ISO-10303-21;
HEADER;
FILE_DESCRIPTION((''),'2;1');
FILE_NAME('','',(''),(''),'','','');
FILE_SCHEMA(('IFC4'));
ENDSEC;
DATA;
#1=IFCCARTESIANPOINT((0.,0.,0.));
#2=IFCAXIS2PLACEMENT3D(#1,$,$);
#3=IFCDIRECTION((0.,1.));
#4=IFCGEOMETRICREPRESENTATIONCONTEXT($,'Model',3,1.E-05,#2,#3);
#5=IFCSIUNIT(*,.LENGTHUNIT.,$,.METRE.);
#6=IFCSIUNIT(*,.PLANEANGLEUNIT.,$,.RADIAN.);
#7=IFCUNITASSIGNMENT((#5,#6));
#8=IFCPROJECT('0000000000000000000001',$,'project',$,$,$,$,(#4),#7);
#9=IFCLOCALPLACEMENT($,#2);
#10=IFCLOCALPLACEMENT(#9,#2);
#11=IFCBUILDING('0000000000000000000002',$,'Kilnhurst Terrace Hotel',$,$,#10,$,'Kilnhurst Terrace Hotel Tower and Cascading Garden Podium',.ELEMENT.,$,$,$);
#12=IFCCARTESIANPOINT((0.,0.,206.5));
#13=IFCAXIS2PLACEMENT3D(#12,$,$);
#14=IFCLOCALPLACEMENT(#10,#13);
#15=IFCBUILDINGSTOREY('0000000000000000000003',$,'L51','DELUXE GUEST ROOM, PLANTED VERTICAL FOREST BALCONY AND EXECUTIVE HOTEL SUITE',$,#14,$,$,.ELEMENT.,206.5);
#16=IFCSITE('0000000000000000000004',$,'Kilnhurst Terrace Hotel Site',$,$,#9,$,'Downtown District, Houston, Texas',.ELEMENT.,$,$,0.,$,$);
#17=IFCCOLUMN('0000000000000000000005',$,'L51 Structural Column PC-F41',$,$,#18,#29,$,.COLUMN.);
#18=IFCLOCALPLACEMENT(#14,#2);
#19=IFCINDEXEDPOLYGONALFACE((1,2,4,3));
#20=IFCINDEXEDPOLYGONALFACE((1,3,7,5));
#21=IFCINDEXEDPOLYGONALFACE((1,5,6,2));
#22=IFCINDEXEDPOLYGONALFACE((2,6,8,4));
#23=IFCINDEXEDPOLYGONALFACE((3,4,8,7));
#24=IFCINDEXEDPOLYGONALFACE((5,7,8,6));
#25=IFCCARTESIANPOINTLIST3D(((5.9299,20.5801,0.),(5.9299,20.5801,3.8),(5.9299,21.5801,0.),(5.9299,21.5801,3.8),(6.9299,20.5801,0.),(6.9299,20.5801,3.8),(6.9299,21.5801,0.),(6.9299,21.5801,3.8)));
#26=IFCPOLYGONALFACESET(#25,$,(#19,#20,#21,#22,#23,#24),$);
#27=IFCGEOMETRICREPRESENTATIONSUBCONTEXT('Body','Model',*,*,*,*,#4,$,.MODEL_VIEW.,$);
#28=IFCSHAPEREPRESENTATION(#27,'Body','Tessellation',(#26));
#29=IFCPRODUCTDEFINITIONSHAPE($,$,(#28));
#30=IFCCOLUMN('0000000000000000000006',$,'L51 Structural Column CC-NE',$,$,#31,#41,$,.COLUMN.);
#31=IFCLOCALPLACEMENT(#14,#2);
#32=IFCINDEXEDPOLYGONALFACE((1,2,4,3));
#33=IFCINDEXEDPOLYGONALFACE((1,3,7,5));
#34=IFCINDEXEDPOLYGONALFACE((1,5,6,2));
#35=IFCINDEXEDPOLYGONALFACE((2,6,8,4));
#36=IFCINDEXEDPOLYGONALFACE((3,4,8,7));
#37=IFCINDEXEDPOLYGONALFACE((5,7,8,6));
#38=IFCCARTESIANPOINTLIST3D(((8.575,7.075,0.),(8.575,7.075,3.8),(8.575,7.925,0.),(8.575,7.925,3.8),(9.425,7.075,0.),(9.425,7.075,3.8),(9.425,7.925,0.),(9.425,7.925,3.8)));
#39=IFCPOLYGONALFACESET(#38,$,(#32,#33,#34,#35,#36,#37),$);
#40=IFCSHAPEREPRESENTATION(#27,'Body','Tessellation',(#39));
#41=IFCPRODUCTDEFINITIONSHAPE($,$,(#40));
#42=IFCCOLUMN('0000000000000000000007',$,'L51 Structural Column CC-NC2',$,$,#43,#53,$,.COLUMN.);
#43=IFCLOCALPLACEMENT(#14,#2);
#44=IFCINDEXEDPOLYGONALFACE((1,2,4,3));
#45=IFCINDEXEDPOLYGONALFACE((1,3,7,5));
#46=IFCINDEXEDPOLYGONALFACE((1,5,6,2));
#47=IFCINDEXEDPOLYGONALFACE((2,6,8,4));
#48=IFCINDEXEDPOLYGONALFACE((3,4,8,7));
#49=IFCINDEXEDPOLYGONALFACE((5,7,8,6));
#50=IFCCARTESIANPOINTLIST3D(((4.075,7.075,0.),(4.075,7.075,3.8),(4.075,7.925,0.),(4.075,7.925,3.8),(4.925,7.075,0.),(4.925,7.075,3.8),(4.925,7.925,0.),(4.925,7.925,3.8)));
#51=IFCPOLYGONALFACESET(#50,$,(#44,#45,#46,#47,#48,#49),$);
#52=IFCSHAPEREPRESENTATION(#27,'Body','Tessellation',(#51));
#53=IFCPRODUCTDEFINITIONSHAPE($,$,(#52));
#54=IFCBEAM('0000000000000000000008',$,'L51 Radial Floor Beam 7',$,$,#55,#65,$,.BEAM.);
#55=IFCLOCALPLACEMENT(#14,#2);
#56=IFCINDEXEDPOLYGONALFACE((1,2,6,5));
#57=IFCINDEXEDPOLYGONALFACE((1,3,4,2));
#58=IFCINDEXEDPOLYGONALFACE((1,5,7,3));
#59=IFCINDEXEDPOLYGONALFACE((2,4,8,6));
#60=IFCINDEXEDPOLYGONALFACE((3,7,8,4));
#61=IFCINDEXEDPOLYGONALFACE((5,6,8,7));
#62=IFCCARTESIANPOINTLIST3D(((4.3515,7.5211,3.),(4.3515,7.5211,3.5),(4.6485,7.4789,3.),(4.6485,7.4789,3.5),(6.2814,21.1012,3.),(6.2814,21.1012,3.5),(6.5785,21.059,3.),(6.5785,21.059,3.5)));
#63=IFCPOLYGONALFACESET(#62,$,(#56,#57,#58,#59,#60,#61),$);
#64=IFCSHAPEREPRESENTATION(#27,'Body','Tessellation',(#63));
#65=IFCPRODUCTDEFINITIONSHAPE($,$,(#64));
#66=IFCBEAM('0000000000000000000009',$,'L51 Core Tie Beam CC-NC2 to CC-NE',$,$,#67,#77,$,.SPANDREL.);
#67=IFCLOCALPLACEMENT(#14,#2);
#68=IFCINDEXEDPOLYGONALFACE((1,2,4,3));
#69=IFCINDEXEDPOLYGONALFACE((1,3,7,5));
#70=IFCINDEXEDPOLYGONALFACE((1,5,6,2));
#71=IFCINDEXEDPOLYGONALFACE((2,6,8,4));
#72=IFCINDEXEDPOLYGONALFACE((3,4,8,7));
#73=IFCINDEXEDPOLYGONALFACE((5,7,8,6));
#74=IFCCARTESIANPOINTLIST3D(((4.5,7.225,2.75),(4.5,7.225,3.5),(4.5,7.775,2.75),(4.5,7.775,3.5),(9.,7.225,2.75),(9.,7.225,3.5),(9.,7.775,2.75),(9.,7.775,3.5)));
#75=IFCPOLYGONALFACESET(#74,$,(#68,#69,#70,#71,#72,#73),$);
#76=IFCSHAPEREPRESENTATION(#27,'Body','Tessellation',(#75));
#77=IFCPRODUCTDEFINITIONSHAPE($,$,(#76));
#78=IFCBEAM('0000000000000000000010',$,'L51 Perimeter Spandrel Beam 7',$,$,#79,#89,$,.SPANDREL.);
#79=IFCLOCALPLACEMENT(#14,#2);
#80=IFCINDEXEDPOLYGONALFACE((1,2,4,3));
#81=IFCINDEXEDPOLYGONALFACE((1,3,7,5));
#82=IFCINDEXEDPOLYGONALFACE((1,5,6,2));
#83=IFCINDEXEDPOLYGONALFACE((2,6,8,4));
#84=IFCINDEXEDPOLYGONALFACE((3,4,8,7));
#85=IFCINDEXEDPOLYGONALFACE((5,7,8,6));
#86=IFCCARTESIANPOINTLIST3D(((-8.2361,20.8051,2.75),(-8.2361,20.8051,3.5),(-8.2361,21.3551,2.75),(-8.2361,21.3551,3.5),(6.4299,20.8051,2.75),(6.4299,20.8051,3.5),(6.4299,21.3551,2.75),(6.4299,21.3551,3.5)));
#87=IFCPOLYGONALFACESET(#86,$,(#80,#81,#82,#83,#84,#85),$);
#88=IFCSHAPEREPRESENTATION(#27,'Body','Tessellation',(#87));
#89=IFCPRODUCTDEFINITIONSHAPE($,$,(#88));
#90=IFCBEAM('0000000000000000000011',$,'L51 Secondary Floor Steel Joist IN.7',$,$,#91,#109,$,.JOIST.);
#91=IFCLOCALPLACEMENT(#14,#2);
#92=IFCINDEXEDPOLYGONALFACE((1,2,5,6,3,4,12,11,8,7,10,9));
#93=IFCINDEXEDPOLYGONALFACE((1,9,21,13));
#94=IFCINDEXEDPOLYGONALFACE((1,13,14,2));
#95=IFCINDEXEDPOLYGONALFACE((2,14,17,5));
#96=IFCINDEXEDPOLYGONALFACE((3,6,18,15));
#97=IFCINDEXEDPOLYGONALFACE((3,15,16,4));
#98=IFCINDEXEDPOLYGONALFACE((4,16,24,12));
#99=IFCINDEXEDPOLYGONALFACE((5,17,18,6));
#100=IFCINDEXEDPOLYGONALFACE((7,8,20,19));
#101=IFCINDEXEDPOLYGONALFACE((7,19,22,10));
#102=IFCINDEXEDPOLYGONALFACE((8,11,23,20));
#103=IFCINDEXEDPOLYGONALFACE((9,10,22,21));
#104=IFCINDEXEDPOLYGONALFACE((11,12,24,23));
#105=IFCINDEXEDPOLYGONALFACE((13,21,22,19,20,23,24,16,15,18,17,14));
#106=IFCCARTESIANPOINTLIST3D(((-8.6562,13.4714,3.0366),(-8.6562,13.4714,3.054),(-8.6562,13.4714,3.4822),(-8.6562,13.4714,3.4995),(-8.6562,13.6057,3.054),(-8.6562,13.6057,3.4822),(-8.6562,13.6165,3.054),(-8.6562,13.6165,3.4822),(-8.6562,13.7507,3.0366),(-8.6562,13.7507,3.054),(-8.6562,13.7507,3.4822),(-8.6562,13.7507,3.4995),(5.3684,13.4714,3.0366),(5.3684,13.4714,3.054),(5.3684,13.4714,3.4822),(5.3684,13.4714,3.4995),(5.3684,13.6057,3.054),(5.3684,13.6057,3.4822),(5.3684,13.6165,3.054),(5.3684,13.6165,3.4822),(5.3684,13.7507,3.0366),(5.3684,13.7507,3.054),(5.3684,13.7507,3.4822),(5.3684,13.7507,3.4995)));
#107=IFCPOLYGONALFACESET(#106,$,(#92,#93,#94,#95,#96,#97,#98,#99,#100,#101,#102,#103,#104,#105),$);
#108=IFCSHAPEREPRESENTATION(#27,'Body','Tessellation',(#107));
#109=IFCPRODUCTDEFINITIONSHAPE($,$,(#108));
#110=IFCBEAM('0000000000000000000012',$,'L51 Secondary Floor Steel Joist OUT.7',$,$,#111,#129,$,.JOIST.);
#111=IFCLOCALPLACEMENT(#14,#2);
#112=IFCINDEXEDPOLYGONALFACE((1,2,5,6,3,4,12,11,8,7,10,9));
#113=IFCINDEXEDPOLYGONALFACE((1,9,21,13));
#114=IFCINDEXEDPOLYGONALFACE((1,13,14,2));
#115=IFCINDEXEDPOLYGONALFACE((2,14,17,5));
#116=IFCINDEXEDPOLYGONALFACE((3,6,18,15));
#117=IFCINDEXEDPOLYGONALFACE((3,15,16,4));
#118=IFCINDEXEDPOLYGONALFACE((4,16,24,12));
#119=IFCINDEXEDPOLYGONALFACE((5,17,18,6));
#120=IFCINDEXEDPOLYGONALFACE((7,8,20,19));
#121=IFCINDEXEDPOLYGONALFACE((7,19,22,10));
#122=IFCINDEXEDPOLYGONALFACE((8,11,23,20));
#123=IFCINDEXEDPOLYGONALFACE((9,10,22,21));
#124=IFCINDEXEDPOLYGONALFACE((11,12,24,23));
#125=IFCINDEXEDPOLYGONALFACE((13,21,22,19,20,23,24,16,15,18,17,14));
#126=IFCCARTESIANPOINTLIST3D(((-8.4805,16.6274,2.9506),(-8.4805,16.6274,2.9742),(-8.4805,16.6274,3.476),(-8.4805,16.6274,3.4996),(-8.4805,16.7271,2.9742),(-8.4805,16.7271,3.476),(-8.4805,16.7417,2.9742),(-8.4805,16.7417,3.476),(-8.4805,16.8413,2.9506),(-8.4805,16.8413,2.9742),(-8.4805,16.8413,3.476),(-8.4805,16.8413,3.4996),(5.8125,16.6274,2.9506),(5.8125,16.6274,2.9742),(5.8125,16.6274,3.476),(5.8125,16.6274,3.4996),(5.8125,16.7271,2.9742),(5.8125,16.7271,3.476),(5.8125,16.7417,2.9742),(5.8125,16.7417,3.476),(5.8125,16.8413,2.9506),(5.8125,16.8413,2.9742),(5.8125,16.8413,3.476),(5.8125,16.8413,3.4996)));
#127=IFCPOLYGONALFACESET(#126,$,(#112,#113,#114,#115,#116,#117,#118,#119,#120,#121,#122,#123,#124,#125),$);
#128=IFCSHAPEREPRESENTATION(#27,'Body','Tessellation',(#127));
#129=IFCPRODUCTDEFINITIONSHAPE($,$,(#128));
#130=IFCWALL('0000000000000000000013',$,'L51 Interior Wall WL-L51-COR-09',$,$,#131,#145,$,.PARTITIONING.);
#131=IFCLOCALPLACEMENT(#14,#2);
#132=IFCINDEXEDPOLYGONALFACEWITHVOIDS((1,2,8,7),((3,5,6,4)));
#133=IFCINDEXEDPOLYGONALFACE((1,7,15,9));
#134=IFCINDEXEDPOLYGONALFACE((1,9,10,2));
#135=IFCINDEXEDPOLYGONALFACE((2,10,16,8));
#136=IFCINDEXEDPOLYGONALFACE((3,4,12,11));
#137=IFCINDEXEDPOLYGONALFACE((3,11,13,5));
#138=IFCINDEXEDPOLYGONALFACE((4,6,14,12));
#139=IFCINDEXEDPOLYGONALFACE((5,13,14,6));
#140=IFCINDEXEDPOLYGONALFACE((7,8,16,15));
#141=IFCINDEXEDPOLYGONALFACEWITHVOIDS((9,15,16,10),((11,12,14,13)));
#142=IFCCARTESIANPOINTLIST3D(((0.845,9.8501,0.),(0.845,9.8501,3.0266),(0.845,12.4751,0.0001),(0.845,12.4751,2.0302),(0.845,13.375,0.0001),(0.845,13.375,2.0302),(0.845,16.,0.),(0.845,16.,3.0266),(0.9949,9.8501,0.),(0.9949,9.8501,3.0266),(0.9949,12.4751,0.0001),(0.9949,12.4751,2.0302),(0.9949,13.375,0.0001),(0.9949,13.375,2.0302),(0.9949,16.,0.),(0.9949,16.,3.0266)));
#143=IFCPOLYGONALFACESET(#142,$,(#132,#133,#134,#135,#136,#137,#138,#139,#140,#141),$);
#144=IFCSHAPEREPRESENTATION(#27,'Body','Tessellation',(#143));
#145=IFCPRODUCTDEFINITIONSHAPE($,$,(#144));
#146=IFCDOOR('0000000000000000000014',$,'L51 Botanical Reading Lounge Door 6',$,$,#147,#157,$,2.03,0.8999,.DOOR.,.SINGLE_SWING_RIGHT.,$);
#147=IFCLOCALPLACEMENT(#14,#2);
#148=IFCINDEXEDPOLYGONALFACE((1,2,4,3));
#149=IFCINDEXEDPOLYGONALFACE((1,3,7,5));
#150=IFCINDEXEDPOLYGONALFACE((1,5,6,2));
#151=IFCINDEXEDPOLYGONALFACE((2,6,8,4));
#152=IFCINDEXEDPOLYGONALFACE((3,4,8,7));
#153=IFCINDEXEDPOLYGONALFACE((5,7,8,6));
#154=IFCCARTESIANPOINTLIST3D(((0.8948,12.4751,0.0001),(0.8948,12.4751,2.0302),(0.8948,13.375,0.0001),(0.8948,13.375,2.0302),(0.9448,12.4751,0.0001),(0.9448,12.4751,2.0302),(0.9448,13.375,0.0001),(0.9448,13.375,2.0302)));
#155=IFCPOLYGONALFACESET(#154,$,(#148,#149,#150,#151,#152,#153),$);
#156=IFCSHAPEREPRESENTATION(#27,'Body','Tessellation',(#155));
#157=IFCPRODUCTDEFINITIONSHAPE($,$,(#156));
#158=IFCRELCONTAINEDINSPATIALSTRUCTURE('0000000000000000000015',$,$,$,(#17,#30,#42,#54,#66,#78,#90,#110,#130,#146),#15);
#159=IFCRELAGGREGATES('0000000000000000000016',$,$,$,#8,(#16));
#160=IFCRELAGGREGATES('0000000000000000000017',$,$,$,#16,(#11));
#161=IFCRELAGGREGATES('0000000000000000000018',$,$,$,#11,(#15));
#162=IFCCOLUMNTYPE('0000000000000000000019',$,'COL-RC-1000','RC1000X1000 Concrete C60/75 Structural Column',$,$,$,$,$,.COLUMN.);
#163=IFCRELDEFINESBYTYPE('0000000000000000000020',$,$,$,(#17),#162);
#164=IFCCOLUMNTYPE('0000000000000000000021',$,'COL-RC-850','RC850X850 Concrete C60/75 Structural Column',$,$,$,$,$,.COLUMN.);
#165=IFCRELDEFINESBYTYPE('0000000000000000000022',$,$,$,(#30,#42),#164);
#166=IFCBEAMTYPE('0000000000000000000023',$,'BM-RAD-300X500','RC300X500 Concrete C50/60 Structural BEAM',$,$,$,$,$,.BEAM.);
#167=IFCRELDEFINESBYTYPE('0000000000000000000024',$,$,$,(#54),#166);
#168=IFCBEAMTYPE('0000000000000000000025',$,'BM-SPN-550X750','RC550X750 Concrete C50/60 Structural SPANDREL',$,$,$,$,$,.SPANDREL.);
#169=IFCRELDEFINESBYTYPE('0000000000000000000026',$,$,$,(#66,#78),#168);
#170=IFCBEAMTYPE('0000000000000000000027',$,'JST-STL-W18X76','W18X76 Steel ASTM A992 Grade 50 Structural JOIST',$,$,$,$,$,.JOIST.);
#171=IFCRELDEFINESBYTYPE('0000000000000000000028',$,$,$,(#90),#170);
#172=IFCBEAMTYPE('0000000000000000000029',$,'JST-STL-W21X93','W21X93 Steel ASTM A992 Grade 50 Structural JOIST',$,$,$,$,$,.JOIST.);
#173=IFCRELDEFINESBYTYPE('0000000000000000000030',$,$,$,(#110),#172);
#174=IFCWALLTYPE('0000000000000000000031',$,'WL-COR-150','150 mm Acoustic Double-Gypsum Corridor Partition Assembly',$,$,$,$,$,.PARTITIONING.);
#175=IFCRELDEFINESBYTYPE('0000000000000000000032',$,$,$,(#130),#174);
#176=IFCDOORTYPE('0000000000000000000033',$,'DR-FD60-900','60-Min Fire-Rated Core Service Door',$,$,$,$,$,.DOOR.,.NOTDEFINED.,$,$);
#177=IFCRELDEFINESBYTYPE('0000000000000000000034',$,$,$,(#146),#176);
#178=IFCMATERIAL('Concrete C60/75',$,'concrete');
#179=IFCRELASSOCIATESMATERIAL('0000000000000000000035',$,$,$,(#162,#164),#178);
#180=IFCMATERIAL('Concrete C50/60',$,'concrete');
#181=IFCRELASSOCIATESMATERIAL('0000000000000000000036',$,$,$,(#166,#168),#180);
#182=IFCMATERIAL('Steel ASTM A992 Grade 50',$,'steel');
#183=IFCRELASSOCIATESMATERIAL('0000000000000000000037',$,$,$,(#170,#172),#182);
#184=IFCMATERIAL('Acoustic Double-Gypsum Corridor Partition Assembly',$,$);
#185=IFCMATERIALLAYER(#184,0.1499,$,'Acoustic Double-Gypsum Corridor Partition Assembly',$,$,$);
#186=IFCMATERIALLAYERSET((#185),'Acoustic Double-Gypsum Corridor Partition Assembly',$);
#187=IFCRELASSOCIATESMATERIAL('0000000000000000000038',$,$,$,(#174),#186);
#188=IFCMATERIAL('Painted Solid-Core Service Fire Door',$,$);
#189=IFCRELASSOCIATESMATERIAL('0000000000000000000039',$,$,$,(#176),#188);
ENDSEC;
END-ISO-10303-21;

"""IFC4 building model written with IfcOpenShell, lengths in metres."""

from ifc_helpers import new_model, si_unit, direction, frame, frame_2d, origin, origin_2d, place, context, subcontext, project, spatial, rectangle, i_section, extrude, material, layer, layer_set, material_profile, profile_set, type_object, element, fill, save


model = new_model("IFC4")

# Units and contexts
model_context = context("Model", 3, precision=1e-05, world=origin(), true_north=direction((0.0, 1.0)))
body_context = subcontext(model_context, "Body", "Model", "MODEL_VIEW")
ifc_project = project(units=[si_unit("LENGTHUNIT", "METRE"), si_unit("PLANEANGLEUNIT", "RADIAN")], contexts=[model_context])

# Site, building, storey
site_placement = place(None, origin())
site = spatial("IfcSite", under=ifc_project, at=site_placement, Name="Kilnhurst Terrace Hotel Site", LongName="Downtown District, Houston, Texas", CompositionType="ELEMENT", RefElevation=0.0)
building_placement = place(site_placement, origin())
building = spatial("IfcBuilding", under=site, at=building_placement, Name="Kilnhurst Terrace Hotel", LongName="Kilnhurst Terrace Hotel Tower and Cascading Garden Podium", CompositionType="ELEMENT")
storey_placement = place(building_placement, frame((0.0, 0.0, 206.5)))
storey = spatial("IfcBuildingStorey", under=building, at=storey_placement, Name="L51", Description="DELUXE GUEST ROOM, PLANTED VERTICAL FOREST BALCONY AND EXECUTIVE HOTEL SUITE", CompositionType="ELEMENT", Elevation=206.5)

# Columns
ifc_material_1 = material(Name="Concrete C60/75", Category="concrete")
ifc_material_profile_1 = material_profile(ifc_material_1, rectangle(XDim=1.0, YDim=1.0, at=origin_2d()), Name="RC1000X1000")
ifc_profile_set_1 = profile_set([ifc_material_profile_1], Name="Concrete C60/75")
column_type_1 = type_object("IfcColumnType", Name="COL-RC-1000", Description="RC1000X1000 Concrete C60/75 Structural Column", PredefinedType="COLUMN", material=ifc_profile_set_1)
column_placement = place(storey_placement, frame((6.4299, 21.0801, 0.0), z_axis=(0.0, 0.0, 1.0), x_axis=(1.0, 0.0, 0.0)))
element("IfcColumn", 1, at=column_placement, inside=storey, type_object=column_type_1, Name="L51 Structural Column PC-F41", PredefinedType="COLUMN", context=body_context, shape_type="SweptSolid", body=[
    extrude(rectangle(XDim=1.0, YDim=1.0, at=origin_2d()), origin(), (0.0, 0.0, 1.0), 3.8),
])
ifc_material_profile_2 = material_profile(ifc_material_1, rectangle(XDim=0.8501, YDim=0.8501, at=origin_2d()), Name="RC850X850")
ifc_profile_set_2 = profile_set([ifc_material_profile_2], Name="Concrete C60/75")
column_type_2 = type_object("IfcColumnType", Name="COL-RC-850", Description="RC850X850 Concrete C60/75 Structural Column", PredefinedType="COLUMN", material=ifc_profile_set_2)
for number, where, z_axis, x_axis, name in (
    (2, (9.0, 7.5, 0.0), (0.0, 0.0, 1.0), (1.0, 0.0, 0.0), "L51 Structural Column CC-NE"),
    (3, (4.5, 7.5, 0.0), (0.0, 0.0, 1.0), (1.0, 0.0, 0.0), "L51 Structural Column CC-NC2"),
):
    element("IfcColumn", number, at=place(storey_placement, frame(where, z_axis=z_axis, x_axis=x_axis)), inside=storey, type_object=column_type_2, Name=name, PredefinedType="COLUMN", context=body_context, shape_type="SweptSolid", body=[
        extrude(rectangle(XDim=0.8501, YDim=0.8501, at=origin_2d()), origin(), (0.0, 0.0, 1.0), 3.8),
    ])

# Beams
ifc_material_2 = material(Name="Concrete C50/60", Category="concrete")
ifc_material_profile_3 = material_profile(ifc_material_2, rectangle(XDim=0.3, YDim=0.5, at=origin_2d()), Name="RC300X500")
ifc_profile_set_3 = profile_set([ifc_material_profile_3], Name="Concrete C50/60")
beam_type_1 = type_object("IfcBeamType", Name="BM-RAD-300X500", Description="RC300X500 Concrete C50/60 Structural BEAM", PredefinedType="BEAM", material=ifc_profile_set_3)
beam_1_placement = place(storey_placement, frame((4.5, 7.5, 3.25), z_axis=(0.140701, 0.990052, 0.0), x_axis=(-0.990052, 0.140701, 0.0)))
element("IfcBeam", 4, at=beam_1_placement, inside=storey, type_object=beam_type_1, Name="L51 Radial Floor Beam 7", PredefinedType="BEAM", context=body_context, shape_type="SweptSolid", body=[
    extrude(rectangle(XDim=0.3, YDim=0.5, at=origin_2d()), origin(), (0.0, 0.0, 1.0), 13.7166),
])
ifc_material_profile_4 = material_profile(ifc_material_2, rectangle(XDim=0.55, YDim=0.75, at=origin_2d()), Name="RC550X750")
ifc_profile_set_4 = profile_set([ifc_material_profile_4], Name="Concrete C50/60")
beam_type_2 = type_object("IfcBeamType", Name="BM-SPN-550X750", Description="RC550X750 Concrete C50/60 Structural SPANDREL", PredefinedType="SPANDREL", material=ifc_profile_set_4)
beam_2_placement = place(storey_placement, frame((4.5, 7.5, 3.125), z_axis=(1.0, 0.0, 0.0), x_axis=(0.0, 1.0, 0.0)))
element("IfcBeam", 5, at=beam_2_placement, inside=storey, type_object=beam_type_2, Name="L51 Core Tie Beam CC-NC2 to CC-NE", PredefinedType="SPANDREL", context=body_context, shape_type="SweptSolid", body=[
    extrude(rectangle(XDim=0.55, YDim=0.75, at=origin_2d()), origin(), (0.0, 0.0, 1.0), 4.5),
])
beam_3_placement = place(storey_placement, frame((6.4299, 21.0801, 3.125), z_axis=(-1.0, 0.0, 0.0), x_axis=(0.0, -1.0, 0.0)))
element("IfcBeam", 6, at=beam_3_placement, inside=storey, type_object=beam_type_2, Name="L51 Perimeter Spandrel Beam 7", PredefinedType="SPANDREL", context=body_context, shape_type="SweptSolid", body=[
    extrude(rectangle(XDim=0.55, YDim=0.75, at=origin_2d()), origin(), (0.0, 0.0, 1.0), 14.666),
])
ifc_material_3 = material(Name="Steel ASTM A992 Grade 50", Category="steel")
ifc_material_profile_5 = material_profile(ifc_material_3, i_section(OverallWidth=0.2793, OverallDepth=0.4629, WebThickness=0.0107, FlangeThickness=0.0173, at=origin_2d()), Name="W18X76")
ifc_profile_set_5 = profile_set([ifc_material_profile_5], Name="Steel ASTM A992 Grade 50")
beam_type_3 = type_object("IfcBeamType", Name="JST-STL-W18X76", Description="W18X76 Steel ASTM A992 Grade 50 Structural JOIST", PredefinedType="JOIST", material=ifc_profile_set_5)
beam_4_placement = place(storey_placement, frame((5.3684, 13.6111, 3.2681), z_axis=(-1.0, 0.0, 0.0), x_axis=(0.0, -1.0, 0.0)))
element("IfcBeam", 7, at=beam_4_placement, inside=storey, type_object=beam_type_3, Name="L51 Secondary Floor Steel Joist IN.7", PredefinedType="JOIST", context=body_context, shape_type="SweptSolid", body=[
    extrude(i_section(OverallWidth=0.2793, OverallDepth=0.4629, WebThickness=0.0107, FlangeThickness=0.0173, at=origin_2d()), origin(), (0.0, 0.0, 1.0), 14.0247),
])
ifc_material_profile_6 = material_profile(ifc_material_3, i_section(OverallWidth=0.2139, OverallDepth=0.5491, WebThickness=0.0146, FlangeThickness=0.0237, at=origin_2d()), Name="W21X93")
ifc_profile_set_6 = profile_set([ifc_material_profile_6], Name="Steel ASTM A992 Grade 50")
beam_type_4 = type_object("IfcBeamType", Name="JST-STL-W21X93", Description="W21X93 Steel ASTM A992 Grade 50 Structural JOIST", PredefinedType="JOIST", material=ifc_profile_set_6)
beam_5_placement = place(storey_placement, frame((5.8125, 16.7344, 3.2251), z_axis=(-1.0, 0.0, 0.0), x_axis=(0.0, -1.0, 0.0)))
element("IfcBeam", 8, at=beam_5_placement, inside=storey, type_object=beam_type_4, Name="L51 Secondary Floor Steel Joist OUT.7", PredefinedType="JOIST", context=body_context, shape_type="SweptSolid", body=[
    extrude(i_section(OverallWidth=0.2139, OverallDepth=0.5491, WebThickness=0.0146, FlangeThickness=0.0237, at=origin_2d()), origin(), (0.0, 0.0, 1.0), 14.293),
])

# Wall, opening, door
ifc_material_4 = material(Name="Acoustic Double-Gypsum Corridor Partition Assembly")
ifc_layer_1 = layer(ifc_material_4, 0.1499, Name="Acoustic Double-Gypsum Corridor Partition Assembly")
ifc_layer_set_1 = layer_set([ifc_layer_1], Name="Acoustic Double-Gypsum Corridor Partition Assembly")
wall_type_1 = type_object("IfcWallType", Name="WL-COR-150", Description="150 mm Acoustic Double-Gypsum Corridor Partition Assembly", PredefinedType="PARTITIONING", material=ifc_layer_set_1)
wall_1_placement = place(storey_placement, frame((0.9199, 16.0, 0.0), z_axis=(0.0, 0.0, 1.0), x_axis=(0.0, -1.0, 0.0)))
wall_1 = element("IfcWall", 9, at=wall_1_placement, inside=storey, type_object=wall_type_1, Name="L51 Interior Wall WL-L51-COR-09", PredefinedType="PARTITIONING", context=body_context, shape_type="SweptSolid", body=[
    extrude(rectangle(XDim=6.1499, YDim=0.1499, at=frame_2d((3.075, 0.0))), origin(), (0.0, 0.0, 1.0), 3.0266),
])
opening_1_placement = place(wall_1_placement, frame((2.625, 0.0, 0.0)))
opening_1 = element("IfcOpeningElement", 10, at=opening_1_placement, cuts=wall_1, PredefinedType="OPENING", context=body_context, shape_type="SweptSolid", body=[
    extrude(rectangle(XDim=0.8999, YDim=2.03, at=frame_2d((0.45, 1.0151))), frame((0.0, 0.085, 0.0), z_axis=(0.0, -1.0, 0.0), x_axis=(1.0, 0.0, 0.0)), (0.0, 0.0, 1.0), 0.1699),
])
ifc_material_5 = material(Name="Painted Solid-Core Service Fire Door")
door_type_1 = type_object("IfcDoorType", Name="DR-FD60-900", Description="60-Min Fire-Rated Core Service Door", OperationType="NOTDEFINED", PredefinedType="DOOR", material=ifc_material_5)
door_1_placement = place(opening_1_placement, origin())
door_1 = element("IfcDoor", 11, at=door_1_placement, inside=storey, type_object=door_type_1, Name="L51 Botanical Reading Lounge Door 6", OperationType="SINGLE_SWING_RIGHT", OverallHeight=2.03, OverallWidth=0.8999, PredefinedType="DOOR", context=body_context, shape_type="SweptSolid", body=[
    extrude(rectangle(XDim=0.8999, YDim=2.03, at=frame_2d((0.45, 1.0151))), frame((0.0, 0.0249, 0.0), z_axis=(0.0, -1.0, 0.0), x_axis=(1.0, 0.0, 0.0)), (0.0, 0.0, 1.0), 0.05),
])
fill(opening_1, door_1)

save(model, "model.ifc")
